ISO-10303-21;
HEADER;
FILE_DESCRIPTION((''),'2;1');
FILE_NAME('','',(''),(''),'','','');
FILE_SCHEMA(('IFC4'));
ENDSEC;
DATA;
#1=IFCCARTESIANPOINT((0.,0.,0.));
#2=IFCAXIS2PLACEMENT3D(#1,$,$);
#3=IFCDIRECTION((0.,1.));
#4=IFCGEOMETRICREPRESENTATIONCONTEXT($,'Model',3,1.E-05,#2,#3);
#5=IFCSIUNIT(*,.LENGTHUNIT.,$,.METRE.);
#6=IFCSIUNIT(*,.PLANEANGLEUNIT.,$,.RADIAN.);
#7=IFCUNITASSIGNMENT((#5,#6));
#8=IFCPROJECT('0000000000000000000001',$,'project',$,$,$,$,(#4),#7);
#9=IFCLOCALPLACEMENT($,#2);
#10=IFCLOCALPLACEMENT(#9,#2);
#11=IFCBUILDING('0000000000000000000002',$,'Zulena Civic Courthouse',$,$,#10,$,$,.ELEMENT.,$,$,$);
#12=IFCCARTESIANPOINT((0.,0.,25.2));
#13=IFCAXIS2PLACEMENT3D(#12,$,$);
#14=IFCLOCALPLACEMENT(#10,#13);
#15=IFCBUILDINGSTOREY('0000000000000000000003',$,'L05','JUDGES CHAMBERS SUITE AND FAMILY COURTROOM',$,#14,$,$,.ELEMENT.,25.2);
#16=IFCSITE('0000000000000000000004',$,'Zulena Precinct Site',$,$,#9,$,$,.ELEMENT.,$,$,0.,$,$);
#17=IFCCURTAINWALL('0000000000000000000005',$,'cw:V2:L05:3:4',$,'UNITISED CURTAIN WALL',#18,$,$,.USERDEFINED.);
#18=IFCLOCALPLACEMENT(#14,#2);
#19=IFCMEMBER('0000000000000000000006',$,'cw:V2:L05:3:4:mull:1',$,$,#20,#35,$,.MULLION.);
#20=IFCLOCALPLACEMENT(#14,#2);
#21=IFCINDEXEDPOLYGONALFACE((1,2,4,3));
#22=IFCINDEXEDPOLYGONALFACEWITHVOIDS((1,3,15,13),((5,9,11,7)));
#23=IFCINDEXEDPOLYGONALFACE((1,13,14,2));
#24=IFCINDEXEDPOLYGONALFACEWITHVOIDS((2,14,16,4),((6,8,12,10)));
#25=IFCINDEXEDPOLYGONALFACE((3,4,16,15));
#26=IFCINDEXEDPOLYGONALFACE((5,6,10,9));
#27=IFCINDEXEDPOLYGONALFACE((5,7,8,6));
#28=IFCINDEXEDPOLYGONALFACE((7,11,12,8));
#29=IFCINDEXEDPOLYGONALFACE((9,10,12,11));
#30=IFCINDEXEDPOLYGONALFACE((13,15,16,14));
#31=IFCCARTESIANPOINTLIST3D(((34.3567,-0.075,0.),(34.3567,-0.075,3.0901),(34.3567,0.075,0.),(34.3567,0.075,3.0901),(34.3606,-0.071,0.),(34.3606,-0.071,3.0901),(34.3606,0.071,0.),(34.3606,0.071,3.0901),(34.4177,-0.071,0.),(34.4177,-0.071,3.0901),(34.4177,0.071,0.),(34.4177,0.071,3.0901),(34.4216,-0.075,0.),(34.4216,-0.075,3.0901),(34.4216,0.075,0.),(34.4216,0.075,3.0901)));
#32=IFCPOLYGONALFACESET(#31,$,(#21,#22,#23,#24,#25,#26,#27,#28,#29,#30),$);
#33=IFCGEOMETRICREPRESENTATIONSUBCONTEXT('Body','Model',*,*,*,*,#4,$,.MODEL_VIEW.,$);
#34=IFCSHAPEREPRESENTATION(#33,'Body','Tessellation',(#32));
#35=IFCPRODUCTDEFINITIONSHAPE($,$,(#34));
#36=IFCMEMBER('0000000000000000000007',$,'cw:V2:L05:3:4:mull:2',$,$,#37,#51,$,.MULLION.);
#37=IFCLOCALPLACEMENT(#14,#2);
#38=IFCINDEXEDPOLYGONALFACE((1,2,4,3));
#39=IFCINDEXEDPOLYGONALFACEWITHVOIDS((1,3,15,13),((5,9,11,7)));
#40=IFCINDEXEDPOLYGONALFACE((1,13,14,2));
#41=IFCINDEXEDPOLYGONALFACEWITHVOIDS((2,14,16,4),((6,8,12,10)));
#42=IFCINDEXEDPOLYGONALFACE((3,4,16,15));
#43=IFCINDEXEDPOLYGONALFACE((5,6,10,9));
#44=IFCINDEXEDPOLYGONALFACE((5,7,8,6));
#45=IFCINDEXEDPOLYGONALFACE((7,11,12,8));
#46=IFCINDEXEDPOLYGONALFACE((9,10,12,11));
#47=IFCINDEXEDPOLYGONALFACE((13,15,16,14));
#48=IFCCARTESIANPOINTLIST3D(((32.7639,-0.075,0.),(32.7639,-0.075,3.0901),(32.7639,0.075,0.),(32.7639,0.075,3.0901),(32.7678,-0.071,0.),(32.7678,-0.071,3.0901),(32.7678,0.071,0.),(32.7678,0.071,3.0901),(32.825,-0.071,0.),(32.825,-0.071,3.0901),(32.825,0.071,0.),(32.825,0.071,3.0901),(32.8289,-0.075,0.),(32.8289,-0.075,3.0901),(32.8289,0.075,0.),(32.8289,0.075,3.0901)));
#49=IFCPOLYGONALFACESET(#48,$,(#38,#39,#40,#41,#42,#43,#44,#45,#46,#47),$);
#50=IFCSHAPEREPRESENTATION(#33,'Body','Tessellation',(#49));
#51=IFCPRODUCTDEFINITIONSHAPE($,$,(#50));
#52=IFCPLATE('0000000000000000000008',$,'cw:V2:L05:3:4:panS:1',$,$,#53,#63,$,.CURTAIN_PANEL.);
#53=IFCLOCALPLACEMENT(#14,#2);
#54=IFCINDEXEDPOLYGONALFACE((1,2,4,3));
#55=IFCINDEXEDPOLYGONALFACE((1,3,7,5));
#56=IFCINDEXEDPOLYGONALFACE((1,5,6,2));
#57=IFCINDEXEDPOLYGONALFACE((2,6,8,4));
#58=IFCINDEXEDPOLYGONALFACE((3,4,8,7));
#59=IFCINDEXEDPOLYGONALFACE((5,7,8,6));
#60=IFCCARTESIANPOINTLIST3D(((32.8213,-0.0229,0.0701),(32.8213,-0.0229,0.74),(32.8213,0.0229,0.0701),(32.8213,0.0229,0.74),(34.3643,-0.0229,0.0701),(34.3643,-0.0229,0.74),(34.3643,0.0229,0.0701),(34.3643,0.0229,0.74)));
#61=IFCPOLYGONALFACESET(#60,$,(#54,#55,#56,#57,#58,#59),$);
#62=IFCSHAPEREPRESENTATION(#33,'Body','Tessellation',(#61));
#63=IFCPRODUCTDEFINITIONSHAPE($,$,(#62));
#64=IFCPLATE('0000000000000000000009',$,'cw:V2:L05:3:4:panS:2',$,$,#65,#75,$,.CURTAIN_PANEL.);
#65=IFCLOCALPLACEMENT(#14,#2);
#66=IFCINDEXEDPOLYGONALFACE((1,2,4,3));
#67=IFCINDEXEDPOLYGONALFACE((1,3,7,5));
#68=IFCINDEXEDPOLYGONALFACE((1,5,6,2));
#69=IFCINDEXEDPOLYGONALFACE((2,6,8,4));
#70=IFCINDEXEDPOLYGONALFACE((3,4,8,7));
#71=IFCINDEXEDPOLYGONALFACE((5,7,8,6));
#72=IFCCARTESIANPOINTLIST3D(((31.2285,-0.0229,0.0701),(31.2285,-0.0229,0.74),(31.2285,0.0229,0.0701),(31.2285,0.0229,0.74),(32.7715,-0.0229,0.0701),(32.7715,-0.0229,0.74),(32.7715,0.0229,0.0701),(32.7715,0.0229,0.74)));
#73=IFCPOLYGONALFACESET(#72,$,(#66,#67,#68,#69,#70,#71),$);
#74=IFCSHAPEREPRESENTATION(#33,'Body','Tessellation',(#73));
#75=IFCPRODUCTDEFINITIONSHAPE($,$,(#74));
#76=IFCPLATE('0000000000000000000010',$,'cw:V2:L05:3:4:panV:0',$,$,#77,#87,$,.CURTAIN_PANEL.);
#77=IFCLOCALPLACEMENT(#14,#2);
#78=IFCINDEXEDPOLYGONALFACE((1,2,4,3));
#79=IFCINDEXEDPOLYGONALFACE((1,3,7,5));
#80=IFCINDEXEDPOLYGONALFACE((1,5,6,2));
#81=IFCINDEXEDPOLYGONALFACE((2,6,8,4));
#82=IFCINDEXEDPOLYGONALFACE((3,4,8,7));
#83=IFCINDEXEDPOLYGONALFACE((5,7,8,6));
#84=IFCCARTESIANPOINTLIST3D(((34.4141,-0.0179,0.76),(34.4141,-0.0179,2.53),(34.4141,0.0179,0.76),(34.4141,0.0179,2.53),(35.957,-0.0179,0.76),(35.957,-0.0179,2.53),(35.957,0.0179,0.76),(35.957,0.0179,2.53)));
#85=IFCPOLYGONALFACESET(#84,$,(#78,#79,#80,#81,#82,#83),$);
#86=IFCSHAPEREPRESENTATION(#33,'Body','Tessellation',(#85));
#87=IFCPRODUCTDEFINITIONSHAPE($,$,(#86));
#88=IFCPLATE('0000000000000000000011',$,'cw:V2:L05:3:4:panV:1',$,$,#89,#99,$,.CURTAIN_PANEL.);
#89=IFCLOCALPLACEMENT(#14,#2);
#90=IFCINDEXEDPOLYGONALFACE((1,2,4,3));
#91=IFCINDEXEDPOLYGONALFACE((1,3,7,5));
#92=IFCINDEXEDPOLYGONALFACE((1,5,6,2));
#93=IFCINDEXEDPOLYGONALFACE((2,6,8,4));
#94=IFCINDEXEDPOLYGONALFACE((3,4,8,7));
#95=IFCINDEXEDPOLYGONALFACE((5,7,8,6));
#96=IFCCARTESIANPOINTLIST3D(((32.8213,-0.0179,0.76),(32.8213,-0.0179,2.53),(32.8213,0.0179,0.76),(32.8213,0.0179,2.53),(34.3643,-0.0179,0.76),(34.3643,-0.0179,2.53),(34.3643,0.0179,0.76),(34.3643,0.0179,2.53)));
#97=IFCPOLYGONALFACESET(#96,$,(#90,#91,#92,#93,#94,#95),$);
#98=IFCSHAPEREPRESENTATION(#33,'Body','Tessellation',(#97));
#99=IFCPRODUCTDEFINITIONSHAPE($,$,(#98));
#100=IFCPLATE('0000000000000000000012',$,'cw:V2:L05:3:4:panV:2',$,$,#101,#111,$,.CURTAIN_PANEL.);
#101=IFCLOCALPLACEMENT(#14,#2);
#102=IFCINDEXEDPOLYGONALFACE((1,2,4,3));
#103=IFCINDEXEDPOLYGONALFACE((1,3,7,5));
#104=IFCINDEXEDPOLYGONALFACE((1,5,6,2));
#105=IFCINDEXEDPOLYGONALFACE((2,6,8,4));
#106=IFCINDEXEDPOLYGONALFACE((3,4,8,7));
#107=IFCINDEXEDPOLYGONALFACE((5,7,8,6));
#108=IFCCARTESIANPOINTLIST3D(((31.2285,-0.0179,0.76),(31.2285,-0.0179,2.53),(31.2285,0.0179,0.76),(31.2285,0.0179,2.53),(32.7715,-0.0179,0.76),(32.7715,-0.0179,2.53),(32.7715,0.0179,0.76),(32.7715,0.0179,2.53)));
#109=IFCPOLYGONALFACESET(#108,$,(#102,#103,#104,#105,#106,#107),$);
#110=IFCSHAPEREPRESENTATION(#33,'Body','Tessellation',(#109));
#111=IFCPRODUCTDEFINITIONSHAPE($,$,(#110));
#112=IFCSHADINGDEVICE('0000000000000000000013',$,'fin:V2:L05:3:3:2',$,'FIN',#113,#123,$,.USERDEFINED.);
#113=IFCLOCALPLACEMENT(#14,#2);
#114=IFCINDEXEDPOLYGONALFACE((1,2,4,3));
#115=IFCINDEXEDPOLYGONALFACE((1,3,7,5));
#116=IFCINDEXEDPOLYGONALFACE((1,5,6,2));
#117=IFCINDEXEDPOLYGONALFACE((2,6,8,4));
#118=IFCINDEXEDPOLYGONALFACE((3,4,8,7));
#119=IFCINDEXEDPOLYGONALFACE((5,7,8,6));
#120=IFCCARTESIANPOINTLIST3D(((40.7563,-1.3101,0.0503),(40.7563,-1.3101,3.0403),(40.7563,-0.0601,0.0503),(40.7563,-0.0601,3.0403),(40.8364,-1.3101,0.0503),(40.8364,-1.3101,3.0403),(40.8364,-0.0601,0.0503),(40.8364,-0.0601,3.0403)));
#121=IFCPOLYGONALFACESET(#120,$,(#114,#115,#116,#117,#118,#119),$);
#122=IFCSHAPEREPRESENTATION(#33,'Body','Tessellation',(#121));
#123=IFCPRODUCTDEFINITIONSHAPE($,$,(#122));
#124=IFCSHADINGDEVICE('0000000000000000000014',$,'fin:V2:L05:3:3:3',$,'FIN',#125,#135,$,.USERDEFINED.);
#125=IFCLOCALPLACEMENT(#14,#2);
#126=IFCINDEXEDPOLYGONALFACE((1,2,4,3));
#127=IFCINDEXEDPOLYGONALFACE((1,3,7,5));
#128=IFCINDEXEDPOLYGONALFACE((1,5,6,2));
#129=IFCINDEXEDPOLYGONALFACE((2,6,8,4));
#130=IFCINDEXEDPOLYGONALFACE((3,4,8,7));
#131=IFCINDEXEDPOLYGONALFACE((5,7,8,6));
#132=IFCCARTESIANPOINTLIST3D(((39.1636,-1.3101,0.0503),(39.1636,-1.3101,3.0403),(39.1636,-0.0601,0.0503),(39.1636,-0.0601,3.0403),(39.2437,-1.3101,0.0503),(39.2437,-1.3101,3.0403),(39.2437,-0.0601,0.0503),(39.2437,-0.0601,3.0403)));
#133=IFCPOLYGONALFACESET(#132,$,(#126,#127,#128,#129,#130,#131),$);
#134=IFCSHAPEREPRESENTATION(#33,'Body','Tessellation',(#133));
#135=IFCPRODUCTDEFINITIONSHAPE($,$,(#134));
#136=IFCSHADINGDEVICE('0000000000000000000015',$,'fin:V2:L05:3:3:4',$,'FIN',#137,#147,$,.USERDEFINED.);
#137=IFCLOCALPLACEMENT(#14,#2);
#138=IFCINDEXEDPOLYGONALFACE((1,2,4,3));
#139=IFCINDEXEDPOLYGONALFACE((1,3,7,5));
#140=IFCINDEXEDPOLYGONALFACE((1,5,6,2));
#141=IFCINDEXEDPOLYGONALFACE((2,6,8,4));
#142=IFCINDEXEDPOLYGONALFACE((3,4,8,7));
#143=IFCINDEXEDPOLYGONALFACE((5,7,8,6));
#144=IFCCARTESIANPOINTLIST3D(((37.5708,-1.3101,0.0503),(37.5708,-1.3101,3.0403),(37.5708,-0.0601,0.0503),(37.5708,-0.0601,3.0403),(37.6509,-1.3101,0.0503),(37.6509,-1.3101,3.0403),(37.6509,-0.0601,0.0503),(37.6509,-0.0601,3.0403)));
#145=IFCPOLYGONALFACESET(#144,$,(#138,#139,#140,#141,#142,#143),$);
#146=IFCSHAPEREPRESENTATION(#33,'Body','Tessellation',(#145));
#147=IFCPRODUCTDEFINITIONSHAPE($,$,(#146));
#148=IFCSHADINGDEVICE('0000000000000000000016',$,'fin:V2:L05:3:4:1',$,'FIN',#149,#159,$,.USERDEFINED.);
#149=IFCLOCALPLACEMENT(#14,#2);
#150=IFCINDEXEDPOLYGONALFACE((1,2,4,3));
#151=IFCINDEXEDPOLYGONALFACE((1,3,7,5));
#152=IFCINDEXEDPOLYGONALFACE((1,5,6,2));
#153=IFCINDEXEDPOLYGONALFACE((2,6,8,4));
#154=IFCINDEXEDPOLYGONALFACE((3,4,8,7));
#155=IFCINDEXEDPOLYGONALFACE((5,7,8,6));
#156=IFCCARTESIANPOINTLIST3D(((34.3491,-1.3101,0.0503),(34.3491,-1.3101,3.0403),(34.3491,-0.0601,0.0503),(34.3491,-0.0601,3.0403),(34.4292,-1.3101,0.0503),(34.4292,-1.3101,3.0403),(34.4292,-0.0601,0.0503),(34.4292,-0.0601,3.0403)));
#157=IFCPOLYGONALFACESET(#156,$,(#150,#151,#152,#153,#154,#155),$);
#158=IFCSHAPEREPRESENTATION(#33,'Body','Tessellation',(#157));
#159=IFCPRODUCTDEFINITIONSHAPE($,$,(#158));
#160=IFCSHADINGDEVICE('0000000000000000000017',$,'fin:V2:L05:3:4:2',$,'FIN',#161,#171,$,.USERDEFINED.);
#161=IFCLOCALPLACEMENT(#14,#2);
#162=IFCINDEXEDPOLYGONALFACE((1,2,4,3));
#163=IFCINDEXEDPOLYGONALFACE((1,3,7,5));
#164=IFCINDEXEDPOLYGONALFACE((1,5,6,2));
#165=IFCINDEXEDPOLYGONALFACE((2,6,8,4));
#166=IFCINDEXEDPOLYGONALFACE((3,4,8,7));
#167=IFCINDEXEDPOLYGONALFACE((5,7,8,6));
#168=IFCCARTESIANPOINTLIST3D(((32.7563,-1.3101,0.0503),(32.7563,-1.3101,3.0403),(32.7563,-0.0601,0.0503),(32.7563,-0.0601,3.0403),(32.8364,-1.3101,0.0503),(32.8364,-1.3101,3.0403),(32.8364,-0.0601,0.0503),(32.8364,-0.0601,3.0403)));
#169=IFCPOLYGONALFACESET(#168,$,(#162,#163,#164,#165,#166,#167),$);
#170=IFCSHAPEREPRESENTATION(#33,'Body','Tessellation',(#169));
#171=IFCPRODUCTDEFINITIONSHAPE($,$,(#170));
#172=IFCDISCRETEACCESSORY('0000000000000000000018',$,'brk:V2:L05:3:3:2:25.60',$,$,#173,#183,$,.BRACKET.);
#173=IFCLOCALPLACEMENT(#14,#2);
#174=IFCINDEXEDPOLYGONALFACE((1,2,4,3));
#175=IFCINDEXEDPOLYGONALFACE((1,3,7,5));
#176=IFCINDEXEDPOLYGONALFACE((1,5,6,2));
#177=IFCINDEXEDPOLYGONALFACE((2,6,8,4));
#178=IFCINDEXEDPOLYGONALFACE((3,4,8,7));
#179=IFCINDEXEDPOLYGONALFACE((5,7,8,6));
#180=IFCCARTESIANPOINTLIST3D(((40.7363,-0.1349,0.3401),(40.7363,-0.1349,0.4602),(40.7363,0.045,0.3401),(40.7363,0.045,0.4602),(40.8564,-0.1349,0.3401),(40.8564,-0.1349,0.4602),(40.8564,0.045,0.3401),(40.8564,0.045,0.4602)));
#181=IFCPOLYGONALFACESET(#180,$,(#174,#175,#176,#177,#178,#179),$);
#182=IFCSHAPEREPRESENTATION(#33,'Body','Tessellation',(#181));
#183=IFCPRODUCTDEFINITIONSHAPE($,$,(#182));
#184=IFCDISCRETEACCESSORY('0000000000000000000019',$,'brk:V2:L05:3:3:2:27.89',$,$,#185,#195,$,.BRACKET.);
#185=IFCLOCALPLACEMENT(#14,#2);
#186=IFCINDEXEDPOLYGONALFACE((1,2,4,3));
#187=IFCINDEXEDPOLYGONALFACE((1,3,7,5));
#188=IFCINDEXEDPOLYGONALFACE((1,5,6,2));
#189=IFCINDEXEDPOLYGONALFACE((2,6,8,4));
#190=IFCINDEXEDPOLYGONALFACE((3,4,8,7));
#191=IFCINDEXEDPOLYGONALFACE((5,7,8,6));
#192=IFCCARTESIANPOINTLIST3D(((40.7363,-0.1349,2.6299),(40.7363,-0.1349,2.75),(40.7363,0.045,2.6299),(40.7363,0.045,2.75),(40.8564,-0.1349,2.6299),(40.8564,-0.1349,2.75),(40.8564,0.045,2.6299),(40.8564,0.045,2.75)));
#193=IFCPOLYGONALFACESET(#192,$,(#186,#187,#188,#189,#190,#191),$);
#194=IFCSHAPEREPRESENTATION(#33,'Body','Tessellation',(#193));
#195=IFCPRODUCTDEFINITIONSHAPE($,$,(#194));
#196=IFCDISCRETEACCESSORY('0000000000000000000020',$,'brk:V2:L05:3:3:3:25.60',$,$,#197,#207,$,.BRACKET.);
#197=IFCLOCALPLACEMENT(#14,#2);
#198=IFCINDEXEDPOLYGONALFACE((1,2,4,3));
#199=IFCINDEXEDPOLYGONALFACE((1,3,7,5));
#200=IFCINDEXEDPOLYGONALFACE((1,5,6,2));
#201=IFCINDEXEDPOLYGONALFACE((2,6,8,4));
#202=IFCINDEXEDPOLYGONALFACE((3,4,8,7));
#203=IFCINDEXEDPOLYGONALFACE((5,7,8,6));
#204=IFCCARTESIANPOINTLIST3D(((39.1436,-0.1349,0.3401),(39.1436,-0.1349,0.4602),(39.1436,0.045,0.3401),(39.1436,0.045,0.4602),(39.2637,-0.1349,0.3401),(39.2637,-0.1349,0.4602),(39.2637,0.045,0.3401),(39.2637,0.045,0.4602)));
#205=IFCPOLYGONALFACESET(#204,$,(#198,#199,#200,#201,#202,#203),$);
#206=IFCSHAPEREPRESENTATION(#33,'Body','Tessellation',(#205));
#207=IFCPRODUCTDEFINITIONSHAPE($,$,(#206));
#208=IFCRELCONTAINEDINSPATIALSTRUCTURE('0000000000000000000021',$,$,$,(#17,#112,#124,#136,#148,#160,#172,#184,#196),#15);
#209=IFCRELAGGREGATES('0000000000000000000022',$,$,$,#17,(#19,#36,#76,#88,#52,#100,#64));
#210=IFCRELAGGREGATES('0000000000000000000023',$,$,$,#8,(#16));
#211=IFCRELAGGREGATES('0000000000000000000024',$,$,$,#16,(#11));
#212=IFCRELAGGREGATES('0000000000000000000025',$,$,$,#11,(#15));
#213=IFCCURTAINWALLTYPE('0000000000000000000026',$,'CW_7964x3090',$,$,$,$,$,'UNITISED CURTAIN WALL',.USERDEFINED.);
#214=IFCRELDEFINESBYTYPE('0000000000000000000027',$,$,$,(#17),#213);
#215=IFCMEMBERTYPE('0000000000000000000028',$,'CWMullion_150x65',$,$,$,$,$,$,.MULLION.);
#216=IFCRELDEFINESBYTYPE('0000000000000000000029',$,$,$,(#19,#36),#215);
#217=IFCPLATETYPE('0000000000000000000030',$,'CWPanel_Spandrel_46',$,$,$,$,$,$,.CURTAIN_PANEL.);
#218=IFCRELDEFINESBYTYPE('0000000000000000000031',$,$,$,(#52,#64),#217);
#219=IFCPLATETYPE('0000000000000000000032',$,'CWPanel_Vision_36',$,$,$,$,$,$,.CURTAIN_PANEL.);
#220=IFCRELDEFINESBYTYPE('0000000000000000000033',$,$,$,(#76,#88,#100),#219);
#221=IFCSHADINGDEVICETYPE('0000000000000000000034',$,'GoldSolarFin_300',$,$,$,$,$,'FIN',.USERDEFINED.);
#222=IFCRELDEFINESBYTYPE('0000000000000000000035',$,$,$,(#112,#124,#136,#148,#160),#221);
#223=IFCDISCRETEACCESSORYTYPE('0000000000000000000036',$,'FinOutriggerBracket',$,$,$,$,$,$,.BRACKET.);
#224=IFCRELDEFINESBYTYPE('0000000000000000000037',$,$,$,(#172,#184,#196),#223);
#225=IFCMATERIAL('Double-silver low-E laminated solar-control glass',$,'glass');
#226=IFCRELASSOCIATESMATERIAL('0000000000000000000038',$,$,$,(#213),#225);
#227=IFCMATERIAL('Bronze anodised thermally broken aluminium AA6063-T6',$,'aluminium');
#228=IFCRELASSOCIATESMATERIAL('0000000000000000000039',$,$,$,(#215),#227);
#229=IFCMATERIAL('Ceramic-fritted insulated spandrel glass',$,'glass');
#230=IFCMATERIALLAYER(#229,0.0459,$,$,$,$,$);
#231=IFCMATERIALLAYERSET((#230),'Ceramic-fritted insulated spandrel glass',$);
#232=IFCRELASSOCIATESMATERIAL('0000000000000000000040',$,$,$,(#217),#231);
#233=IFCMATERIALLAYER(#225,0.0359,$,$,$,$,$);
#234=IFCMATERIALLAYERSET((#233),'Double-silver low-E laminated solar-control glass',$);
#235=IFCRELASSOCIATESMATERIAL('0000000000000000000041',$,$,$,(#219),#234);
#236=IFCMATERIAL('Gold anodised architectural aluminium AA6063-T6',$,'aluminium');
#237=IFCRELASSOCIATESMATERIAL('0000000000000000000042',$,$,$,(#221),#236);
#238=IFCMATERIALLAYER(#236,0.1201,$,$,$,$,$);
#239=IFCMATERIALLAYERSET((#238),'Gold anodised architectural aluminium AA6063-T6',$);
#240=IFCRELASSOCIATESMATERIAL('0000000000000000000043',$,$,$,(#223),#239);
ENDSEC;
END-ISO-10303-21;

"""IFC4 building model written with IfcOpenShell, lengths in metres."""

from ifc_helpers import new_model, si_unit, direction, frame, origin, origin_2d, place, context, subcontext, project, spatial, rectangle, hollow_rectangle, extrude, material, layer, layer_set, material_profile, profile_set, type_object, element, aggregate, save


model = new_model("IFC4")

# Units and contexts
model_context = context("Model", 3, precision=1e-05, world=origin(), true_north=direction((0.0, 1.0)))
body_context = subcontext(model_context, "Body", "Model", "MODEL_VIEW")
ifc_project = project(units=[si_unit("LENGTHUNIT", "METRE"), si_unit("PLANEANGLEUNIT", "RADIAN")], contexts=[model_context])

# Site, building, storey
site_placement = place(None, origin())
site = spatial("IfcSite", under=ifc_project, at=site_placement, Name="Zulena Precinct Site", CompositionType="ELEMENT", RefElevation=0.0)
building_placement = place(site_placement, origin())
building = spatial("IfcBuilding", under=site, at=building_placement, Name="Zulena Civic Courthouse", CompositionType="ELEMENT")
storey_placement = place(building_placement, frame((0.0, 0.0, 25.2)))
storey = spatial("IfcBuildingStorey", under=building, at=storey_placement, Name="L05", Description="JUDGES CHAMBERS SUITE AND FAMILY COURTROOM", CompositionType="ELEMENT", Elevation=25.2)

# Curtain wall, members, plates
ifc_material_1 = material(Name="Double-silver low-E laminated solar-control glass", Category="glass")
curtain_wall_type = type_object("IfcCurtainWallType", Name="CW_7964x3090", ElementType="UNITISED CURTAIN WALL", PredefinedType="USERDEFINED", material=ifc_material_1)
curtain_wall_placement = place(storey_placement, origin())
curtain_wall = element("IfcCurtainWall", 1, at=curtain_wall_placement, inside=storey, type_object=curtain_wall_type, Name="cw:V2:L05:3:4", ObjectType="UNITISED CURTAIN WALL", PredefinedType="USERDEFINED")
ifc_material_2 = material(Name="Bronze anodised thermally broken aluminium AA6063-T6", Category="aluminium")
ifc_material_profile = material_profile(ifc_material_2, hollow_rectangle(XDim=0.0649, YDim=0.1499, WallThickness=0.0039, at=origin_2d()), Name="CWM150X65X4")
ifc_profile_set = profile_set([ifc_material_profile], Name="Bronze anodised thermally broken aluminium AA6063-T6")
member_type = type_object("IfcMemberType", Name="CWMullion_150x65", PredefinedType="MULLION", material=ifc_profile_set)
member_1_placement = place(storey_placement, frame((34.3892, 0.0, 0.0), z_axis=(0.0, 0.0, 1.0), x_axis=(1.0, 0.0, 0.0)))
member_1 = element("IfcMember", 2, at=member_1_placement, type_object=member_type, Name="cw:V2:L05:3:4:mull:1", PredefinedType="MULLION", context=body_context, shape_type="SweptSolid", body=[
    extrude(hollow_rectangle(XDim=0.0649, YDim=0.1499, WallThickness=0.0039, at=origin_2d()), origin(), (0.0, 0.0, 1.0), 3.0901),
])
member_2_placement = place(storey_placement, frame((32.7964, 0.0, 0.0), z_axis=(0.0, 0.0, 1.0), x_axis=(1.0, 0.0, 0.0)))
member_2 = element("IfcMember", 3, at=member_2_placement, type_object=member_type, Name="cw:V2:L05:3:4:mull:2", PredefinedType="MULLION", context=body_context, shape_type="SweptSolid", body=[
    extrude(hollow_rectangle(XDim=0.0649, YDim=0.1499, WallThickness=0.0039, at=origin_2d()), origin(), (0.0, 0.0, 1.0), 3.0901),
])
ifc_material_3 = material(Name="Ceramic-fritted insulated spandrel glass", Category="glass")
ifc_layer_1 = layer(ifc_material_3, 0.0459)
ifc_layer_set_1 = layer_set([ifc_layer_1], Name="Ceramic-fritted insulated spandrel glass")
plate_type_1 = type_object("IfcPlateType", Name="CWPanel_Spandrel_46", PredefinedType="CURTAIN_PANEL", material=ifc_layer_set_1)
plate_1_placement = place(storey_placement, frame((33.5928, 0.0, 0.0701), z_axis=(0.0, 0.0, 1.0), x_axis=(-1.0, 0.0, 0.0)))
plate_1 = element("IfcPlate", 4, at=plate_1_placement, type_object=plate_type_1, Name="cw:V2:L05:3:4:panS:1", PredefinedType="CURTAIN_PANEL", context=body_context, shape_type="SweptSolid", body=[
    extrude(rectangle(XDim=1.543, YDim=0.0459, at=origin_2d()), origin(), (0.0, 0.0, 1.0), 0.6699),
])
plate_2_placement = place(storey_placement, frame((32.0, 0.0, 0.0701), z_axis=(0.0, 0.0, 1.0), x_axis=(-1.0, 0.0, 0.0)))
plate_2 = element("IfcPlate", 5, at=plate_2_placement, type_object=plate_type_1, Name="cw:V2:L05:3:4:panS:2", PredefinedType="CURTAIN_PANEL", context=body_context, shape_type="SweptSolid", body=[
    extrude(rectangle(XDim=1.543, YDim=0.0459, at=origin_2d()), origin(), (0.0, 0.0, 1.0), 0.6699),
])
ifc_layer_2 = layer(ifc_material_1, 0.0359)
ifc_layer_set_2 = layer_set([ifc_layer_2], Name="Double-silver low-E laminated solar-control glass")
plate_type_2 = type_object("IfcPlateType", Name="CWPanel_Vision_36", PredefinedType="CURTAIN_PANEL", material=ifc_layer_set_2)
plate_3_placement = place(storey_placement, frame((35.1855, 0.0, 0.76), z_axis=(0.0, 0.0, 1.0), x_axis=(-1.0, 0.0, 0.0)))
plate_3 = element("IfcPlate", 6, at=plate_3_placement, type_object=plate_type_2, Name="cw:V2:L05:3:4:panV:0", PredefinedType="CURTAIN_PANEL", context=body_context, shape_type="SweptSolid", body=[
    extrude(rectangle(XDim=1.543, YDim=0.0359, at=origin_2d()), origin(), (0.0, 0.0, 1.0), 1.77),
])
plate_4_placement = place(storey_placement, frame((33.5928, 0.0, 0.76), z_axis=(0.0, 0.0, 1.0), x_axis=(-1.0, 0.0, 0.0)))
plate_4 = element("IfcPlate", 7, at=plate_4_placement, type_object=plate_type_2, Name="cw:V2:L05:3:4:panV:1", PredefinedType="CURTAIN_PANEL", context=body_context, shape_type="SweptSolid", body=[
    extrude(rectangle(XDim=1.543, YDim=0.0359, at=origin_2d()), origin(), (0.0, 0.0, 1.0), 1.77),
])
plate_5_placement = place(storey_placement, frame((32.0, 0.0, 0.76), z_axis=(0.0, 0.0, 1.0), x_axis=(-1.0, 0.0, 0.0)))
plate_5 = element("IfcPlate", 8, at=plate_5_placement, type_object=plate_type_2, Name="cw:V2:L05:3:4:panV:2", PredefinedType="CURTAIN_PANEL", context=body_context, shape_type="SweptSolid", body=[
    extrude(rectangle(XDim=1.543, YDim=0.0359, at=origin_2d()), origin(), (0.0, 0.0, 1.0), 1.77),
])
aggregate(curtain_wall, [member_1, member_2, plate_3, plate_4, plate_1, plate_5, plate_2])

# Shading devices
ifc_material_4 = material(Name="Gold anodised architectural aluminium AA6063-T6", Category="aluminium")
shading_device_type = type_object("IfcShadingDeviceType", Name="GoldSolarFin_300", ElementType="FIN", PredefinedType="USERDEFINED", material=ifc_material_4)
for number, where, z_axis, x_axis, name in (
    (9, (40.7964, -0.6851, 0.0503), (0.0, 0.0, 1.0), (0.0, -1.0, 0.0), "fin:V2:L05:3:3:2"),
    (10, (39.2036, -0.6851, 0.0503), (0.0, 0.0, 1.0), (0.0, -1.0, 0.0), "fin:V2:L05:3:3:3"),
    (11, (37.6108, -0.6851, 0.0503), (0.0, 0.0, 1.0), (0.0, -1.0, 0.0), "fin:V2:L05:3:3:4"),
    (12, (34.3892, -0.6851, 0.0503), (0.0, 0.0, 1.0), (0.0, -1.0, 0.0), "fin:V2:L05:3:4:1"),
    (13, (32.7964, -0.6851, 0.0503), (0.0, 0.0, 1.0), (0.0, -1.0, 0.0), "fin:V2:L05:3:4:2"),
):
    element("IfcShadingDevice", number, at=place(storey_placement, frame(where, z_axis=z_axis, x_axis=x_axis)), inside=storey, type_object=shading_device_type, Name=name, ObjectType="FIN", PredefinedType="USERDEFINED", context=body_context, shape_type="SweptSolid", body=[
        extrude(rectangle(XDim=1.25, YDim=0.0801, at=origin_2d()), origin(), (0.0, 0.0, 1.0), 2.99),
    ])

# Discrete accessories
ifc_layer_3 = layer(ifc_material_4, 0.1201)
ifc_layer_set_3 = layer_set([ifc_layer_3], Name="Gold anodised architectural aluminium AA6063-T6")
discrete_accessory_type = type_object("IfcDiscreteAccessoryType", Name="FinOutriggerBracket", PredefinedType="BRACKET", material=ifc_layer_set_3)
for number, where, z_axis, x_axis, name in (
    (14, (40.7964, -0.0449, 0.3401), (0.0, 0.0, 1.0), (0.0, -1.0, 0.0), "brk:V2:L05:3:3:2:25.60"),
    (15, (40.7964, -0.0449, 2.6299), (0.0, 0.0, 1.0), (0.0, -1.0, 0.0), "brk:V2:L05:3:3:2:27.89"),
    (16, (39.2036, -0.0449, 0.3401), (0.0, 0.0, 1.0), (0.0, -1.0, 0.0), "brk:V2:L05:3:3:3:25.60"),
):
    element("IfcDiscreteAccessory", number, at=place(storey_placement, frame(where, z_axis=z_axis, x_axis=x_axis)), inside=storey, type_object=discrete_accessory_type, Name=name, PredefinedType="BRACKET", context=body_context, shape_type="SweptSolid", body=[
        extrude(rectangle(XDim=0.1799, YDim=0.1201, at=origin_2d()), origin(), (0.0, 0.0, 1.0), 0.1201),
    ])

save(model, "model.ifc")
